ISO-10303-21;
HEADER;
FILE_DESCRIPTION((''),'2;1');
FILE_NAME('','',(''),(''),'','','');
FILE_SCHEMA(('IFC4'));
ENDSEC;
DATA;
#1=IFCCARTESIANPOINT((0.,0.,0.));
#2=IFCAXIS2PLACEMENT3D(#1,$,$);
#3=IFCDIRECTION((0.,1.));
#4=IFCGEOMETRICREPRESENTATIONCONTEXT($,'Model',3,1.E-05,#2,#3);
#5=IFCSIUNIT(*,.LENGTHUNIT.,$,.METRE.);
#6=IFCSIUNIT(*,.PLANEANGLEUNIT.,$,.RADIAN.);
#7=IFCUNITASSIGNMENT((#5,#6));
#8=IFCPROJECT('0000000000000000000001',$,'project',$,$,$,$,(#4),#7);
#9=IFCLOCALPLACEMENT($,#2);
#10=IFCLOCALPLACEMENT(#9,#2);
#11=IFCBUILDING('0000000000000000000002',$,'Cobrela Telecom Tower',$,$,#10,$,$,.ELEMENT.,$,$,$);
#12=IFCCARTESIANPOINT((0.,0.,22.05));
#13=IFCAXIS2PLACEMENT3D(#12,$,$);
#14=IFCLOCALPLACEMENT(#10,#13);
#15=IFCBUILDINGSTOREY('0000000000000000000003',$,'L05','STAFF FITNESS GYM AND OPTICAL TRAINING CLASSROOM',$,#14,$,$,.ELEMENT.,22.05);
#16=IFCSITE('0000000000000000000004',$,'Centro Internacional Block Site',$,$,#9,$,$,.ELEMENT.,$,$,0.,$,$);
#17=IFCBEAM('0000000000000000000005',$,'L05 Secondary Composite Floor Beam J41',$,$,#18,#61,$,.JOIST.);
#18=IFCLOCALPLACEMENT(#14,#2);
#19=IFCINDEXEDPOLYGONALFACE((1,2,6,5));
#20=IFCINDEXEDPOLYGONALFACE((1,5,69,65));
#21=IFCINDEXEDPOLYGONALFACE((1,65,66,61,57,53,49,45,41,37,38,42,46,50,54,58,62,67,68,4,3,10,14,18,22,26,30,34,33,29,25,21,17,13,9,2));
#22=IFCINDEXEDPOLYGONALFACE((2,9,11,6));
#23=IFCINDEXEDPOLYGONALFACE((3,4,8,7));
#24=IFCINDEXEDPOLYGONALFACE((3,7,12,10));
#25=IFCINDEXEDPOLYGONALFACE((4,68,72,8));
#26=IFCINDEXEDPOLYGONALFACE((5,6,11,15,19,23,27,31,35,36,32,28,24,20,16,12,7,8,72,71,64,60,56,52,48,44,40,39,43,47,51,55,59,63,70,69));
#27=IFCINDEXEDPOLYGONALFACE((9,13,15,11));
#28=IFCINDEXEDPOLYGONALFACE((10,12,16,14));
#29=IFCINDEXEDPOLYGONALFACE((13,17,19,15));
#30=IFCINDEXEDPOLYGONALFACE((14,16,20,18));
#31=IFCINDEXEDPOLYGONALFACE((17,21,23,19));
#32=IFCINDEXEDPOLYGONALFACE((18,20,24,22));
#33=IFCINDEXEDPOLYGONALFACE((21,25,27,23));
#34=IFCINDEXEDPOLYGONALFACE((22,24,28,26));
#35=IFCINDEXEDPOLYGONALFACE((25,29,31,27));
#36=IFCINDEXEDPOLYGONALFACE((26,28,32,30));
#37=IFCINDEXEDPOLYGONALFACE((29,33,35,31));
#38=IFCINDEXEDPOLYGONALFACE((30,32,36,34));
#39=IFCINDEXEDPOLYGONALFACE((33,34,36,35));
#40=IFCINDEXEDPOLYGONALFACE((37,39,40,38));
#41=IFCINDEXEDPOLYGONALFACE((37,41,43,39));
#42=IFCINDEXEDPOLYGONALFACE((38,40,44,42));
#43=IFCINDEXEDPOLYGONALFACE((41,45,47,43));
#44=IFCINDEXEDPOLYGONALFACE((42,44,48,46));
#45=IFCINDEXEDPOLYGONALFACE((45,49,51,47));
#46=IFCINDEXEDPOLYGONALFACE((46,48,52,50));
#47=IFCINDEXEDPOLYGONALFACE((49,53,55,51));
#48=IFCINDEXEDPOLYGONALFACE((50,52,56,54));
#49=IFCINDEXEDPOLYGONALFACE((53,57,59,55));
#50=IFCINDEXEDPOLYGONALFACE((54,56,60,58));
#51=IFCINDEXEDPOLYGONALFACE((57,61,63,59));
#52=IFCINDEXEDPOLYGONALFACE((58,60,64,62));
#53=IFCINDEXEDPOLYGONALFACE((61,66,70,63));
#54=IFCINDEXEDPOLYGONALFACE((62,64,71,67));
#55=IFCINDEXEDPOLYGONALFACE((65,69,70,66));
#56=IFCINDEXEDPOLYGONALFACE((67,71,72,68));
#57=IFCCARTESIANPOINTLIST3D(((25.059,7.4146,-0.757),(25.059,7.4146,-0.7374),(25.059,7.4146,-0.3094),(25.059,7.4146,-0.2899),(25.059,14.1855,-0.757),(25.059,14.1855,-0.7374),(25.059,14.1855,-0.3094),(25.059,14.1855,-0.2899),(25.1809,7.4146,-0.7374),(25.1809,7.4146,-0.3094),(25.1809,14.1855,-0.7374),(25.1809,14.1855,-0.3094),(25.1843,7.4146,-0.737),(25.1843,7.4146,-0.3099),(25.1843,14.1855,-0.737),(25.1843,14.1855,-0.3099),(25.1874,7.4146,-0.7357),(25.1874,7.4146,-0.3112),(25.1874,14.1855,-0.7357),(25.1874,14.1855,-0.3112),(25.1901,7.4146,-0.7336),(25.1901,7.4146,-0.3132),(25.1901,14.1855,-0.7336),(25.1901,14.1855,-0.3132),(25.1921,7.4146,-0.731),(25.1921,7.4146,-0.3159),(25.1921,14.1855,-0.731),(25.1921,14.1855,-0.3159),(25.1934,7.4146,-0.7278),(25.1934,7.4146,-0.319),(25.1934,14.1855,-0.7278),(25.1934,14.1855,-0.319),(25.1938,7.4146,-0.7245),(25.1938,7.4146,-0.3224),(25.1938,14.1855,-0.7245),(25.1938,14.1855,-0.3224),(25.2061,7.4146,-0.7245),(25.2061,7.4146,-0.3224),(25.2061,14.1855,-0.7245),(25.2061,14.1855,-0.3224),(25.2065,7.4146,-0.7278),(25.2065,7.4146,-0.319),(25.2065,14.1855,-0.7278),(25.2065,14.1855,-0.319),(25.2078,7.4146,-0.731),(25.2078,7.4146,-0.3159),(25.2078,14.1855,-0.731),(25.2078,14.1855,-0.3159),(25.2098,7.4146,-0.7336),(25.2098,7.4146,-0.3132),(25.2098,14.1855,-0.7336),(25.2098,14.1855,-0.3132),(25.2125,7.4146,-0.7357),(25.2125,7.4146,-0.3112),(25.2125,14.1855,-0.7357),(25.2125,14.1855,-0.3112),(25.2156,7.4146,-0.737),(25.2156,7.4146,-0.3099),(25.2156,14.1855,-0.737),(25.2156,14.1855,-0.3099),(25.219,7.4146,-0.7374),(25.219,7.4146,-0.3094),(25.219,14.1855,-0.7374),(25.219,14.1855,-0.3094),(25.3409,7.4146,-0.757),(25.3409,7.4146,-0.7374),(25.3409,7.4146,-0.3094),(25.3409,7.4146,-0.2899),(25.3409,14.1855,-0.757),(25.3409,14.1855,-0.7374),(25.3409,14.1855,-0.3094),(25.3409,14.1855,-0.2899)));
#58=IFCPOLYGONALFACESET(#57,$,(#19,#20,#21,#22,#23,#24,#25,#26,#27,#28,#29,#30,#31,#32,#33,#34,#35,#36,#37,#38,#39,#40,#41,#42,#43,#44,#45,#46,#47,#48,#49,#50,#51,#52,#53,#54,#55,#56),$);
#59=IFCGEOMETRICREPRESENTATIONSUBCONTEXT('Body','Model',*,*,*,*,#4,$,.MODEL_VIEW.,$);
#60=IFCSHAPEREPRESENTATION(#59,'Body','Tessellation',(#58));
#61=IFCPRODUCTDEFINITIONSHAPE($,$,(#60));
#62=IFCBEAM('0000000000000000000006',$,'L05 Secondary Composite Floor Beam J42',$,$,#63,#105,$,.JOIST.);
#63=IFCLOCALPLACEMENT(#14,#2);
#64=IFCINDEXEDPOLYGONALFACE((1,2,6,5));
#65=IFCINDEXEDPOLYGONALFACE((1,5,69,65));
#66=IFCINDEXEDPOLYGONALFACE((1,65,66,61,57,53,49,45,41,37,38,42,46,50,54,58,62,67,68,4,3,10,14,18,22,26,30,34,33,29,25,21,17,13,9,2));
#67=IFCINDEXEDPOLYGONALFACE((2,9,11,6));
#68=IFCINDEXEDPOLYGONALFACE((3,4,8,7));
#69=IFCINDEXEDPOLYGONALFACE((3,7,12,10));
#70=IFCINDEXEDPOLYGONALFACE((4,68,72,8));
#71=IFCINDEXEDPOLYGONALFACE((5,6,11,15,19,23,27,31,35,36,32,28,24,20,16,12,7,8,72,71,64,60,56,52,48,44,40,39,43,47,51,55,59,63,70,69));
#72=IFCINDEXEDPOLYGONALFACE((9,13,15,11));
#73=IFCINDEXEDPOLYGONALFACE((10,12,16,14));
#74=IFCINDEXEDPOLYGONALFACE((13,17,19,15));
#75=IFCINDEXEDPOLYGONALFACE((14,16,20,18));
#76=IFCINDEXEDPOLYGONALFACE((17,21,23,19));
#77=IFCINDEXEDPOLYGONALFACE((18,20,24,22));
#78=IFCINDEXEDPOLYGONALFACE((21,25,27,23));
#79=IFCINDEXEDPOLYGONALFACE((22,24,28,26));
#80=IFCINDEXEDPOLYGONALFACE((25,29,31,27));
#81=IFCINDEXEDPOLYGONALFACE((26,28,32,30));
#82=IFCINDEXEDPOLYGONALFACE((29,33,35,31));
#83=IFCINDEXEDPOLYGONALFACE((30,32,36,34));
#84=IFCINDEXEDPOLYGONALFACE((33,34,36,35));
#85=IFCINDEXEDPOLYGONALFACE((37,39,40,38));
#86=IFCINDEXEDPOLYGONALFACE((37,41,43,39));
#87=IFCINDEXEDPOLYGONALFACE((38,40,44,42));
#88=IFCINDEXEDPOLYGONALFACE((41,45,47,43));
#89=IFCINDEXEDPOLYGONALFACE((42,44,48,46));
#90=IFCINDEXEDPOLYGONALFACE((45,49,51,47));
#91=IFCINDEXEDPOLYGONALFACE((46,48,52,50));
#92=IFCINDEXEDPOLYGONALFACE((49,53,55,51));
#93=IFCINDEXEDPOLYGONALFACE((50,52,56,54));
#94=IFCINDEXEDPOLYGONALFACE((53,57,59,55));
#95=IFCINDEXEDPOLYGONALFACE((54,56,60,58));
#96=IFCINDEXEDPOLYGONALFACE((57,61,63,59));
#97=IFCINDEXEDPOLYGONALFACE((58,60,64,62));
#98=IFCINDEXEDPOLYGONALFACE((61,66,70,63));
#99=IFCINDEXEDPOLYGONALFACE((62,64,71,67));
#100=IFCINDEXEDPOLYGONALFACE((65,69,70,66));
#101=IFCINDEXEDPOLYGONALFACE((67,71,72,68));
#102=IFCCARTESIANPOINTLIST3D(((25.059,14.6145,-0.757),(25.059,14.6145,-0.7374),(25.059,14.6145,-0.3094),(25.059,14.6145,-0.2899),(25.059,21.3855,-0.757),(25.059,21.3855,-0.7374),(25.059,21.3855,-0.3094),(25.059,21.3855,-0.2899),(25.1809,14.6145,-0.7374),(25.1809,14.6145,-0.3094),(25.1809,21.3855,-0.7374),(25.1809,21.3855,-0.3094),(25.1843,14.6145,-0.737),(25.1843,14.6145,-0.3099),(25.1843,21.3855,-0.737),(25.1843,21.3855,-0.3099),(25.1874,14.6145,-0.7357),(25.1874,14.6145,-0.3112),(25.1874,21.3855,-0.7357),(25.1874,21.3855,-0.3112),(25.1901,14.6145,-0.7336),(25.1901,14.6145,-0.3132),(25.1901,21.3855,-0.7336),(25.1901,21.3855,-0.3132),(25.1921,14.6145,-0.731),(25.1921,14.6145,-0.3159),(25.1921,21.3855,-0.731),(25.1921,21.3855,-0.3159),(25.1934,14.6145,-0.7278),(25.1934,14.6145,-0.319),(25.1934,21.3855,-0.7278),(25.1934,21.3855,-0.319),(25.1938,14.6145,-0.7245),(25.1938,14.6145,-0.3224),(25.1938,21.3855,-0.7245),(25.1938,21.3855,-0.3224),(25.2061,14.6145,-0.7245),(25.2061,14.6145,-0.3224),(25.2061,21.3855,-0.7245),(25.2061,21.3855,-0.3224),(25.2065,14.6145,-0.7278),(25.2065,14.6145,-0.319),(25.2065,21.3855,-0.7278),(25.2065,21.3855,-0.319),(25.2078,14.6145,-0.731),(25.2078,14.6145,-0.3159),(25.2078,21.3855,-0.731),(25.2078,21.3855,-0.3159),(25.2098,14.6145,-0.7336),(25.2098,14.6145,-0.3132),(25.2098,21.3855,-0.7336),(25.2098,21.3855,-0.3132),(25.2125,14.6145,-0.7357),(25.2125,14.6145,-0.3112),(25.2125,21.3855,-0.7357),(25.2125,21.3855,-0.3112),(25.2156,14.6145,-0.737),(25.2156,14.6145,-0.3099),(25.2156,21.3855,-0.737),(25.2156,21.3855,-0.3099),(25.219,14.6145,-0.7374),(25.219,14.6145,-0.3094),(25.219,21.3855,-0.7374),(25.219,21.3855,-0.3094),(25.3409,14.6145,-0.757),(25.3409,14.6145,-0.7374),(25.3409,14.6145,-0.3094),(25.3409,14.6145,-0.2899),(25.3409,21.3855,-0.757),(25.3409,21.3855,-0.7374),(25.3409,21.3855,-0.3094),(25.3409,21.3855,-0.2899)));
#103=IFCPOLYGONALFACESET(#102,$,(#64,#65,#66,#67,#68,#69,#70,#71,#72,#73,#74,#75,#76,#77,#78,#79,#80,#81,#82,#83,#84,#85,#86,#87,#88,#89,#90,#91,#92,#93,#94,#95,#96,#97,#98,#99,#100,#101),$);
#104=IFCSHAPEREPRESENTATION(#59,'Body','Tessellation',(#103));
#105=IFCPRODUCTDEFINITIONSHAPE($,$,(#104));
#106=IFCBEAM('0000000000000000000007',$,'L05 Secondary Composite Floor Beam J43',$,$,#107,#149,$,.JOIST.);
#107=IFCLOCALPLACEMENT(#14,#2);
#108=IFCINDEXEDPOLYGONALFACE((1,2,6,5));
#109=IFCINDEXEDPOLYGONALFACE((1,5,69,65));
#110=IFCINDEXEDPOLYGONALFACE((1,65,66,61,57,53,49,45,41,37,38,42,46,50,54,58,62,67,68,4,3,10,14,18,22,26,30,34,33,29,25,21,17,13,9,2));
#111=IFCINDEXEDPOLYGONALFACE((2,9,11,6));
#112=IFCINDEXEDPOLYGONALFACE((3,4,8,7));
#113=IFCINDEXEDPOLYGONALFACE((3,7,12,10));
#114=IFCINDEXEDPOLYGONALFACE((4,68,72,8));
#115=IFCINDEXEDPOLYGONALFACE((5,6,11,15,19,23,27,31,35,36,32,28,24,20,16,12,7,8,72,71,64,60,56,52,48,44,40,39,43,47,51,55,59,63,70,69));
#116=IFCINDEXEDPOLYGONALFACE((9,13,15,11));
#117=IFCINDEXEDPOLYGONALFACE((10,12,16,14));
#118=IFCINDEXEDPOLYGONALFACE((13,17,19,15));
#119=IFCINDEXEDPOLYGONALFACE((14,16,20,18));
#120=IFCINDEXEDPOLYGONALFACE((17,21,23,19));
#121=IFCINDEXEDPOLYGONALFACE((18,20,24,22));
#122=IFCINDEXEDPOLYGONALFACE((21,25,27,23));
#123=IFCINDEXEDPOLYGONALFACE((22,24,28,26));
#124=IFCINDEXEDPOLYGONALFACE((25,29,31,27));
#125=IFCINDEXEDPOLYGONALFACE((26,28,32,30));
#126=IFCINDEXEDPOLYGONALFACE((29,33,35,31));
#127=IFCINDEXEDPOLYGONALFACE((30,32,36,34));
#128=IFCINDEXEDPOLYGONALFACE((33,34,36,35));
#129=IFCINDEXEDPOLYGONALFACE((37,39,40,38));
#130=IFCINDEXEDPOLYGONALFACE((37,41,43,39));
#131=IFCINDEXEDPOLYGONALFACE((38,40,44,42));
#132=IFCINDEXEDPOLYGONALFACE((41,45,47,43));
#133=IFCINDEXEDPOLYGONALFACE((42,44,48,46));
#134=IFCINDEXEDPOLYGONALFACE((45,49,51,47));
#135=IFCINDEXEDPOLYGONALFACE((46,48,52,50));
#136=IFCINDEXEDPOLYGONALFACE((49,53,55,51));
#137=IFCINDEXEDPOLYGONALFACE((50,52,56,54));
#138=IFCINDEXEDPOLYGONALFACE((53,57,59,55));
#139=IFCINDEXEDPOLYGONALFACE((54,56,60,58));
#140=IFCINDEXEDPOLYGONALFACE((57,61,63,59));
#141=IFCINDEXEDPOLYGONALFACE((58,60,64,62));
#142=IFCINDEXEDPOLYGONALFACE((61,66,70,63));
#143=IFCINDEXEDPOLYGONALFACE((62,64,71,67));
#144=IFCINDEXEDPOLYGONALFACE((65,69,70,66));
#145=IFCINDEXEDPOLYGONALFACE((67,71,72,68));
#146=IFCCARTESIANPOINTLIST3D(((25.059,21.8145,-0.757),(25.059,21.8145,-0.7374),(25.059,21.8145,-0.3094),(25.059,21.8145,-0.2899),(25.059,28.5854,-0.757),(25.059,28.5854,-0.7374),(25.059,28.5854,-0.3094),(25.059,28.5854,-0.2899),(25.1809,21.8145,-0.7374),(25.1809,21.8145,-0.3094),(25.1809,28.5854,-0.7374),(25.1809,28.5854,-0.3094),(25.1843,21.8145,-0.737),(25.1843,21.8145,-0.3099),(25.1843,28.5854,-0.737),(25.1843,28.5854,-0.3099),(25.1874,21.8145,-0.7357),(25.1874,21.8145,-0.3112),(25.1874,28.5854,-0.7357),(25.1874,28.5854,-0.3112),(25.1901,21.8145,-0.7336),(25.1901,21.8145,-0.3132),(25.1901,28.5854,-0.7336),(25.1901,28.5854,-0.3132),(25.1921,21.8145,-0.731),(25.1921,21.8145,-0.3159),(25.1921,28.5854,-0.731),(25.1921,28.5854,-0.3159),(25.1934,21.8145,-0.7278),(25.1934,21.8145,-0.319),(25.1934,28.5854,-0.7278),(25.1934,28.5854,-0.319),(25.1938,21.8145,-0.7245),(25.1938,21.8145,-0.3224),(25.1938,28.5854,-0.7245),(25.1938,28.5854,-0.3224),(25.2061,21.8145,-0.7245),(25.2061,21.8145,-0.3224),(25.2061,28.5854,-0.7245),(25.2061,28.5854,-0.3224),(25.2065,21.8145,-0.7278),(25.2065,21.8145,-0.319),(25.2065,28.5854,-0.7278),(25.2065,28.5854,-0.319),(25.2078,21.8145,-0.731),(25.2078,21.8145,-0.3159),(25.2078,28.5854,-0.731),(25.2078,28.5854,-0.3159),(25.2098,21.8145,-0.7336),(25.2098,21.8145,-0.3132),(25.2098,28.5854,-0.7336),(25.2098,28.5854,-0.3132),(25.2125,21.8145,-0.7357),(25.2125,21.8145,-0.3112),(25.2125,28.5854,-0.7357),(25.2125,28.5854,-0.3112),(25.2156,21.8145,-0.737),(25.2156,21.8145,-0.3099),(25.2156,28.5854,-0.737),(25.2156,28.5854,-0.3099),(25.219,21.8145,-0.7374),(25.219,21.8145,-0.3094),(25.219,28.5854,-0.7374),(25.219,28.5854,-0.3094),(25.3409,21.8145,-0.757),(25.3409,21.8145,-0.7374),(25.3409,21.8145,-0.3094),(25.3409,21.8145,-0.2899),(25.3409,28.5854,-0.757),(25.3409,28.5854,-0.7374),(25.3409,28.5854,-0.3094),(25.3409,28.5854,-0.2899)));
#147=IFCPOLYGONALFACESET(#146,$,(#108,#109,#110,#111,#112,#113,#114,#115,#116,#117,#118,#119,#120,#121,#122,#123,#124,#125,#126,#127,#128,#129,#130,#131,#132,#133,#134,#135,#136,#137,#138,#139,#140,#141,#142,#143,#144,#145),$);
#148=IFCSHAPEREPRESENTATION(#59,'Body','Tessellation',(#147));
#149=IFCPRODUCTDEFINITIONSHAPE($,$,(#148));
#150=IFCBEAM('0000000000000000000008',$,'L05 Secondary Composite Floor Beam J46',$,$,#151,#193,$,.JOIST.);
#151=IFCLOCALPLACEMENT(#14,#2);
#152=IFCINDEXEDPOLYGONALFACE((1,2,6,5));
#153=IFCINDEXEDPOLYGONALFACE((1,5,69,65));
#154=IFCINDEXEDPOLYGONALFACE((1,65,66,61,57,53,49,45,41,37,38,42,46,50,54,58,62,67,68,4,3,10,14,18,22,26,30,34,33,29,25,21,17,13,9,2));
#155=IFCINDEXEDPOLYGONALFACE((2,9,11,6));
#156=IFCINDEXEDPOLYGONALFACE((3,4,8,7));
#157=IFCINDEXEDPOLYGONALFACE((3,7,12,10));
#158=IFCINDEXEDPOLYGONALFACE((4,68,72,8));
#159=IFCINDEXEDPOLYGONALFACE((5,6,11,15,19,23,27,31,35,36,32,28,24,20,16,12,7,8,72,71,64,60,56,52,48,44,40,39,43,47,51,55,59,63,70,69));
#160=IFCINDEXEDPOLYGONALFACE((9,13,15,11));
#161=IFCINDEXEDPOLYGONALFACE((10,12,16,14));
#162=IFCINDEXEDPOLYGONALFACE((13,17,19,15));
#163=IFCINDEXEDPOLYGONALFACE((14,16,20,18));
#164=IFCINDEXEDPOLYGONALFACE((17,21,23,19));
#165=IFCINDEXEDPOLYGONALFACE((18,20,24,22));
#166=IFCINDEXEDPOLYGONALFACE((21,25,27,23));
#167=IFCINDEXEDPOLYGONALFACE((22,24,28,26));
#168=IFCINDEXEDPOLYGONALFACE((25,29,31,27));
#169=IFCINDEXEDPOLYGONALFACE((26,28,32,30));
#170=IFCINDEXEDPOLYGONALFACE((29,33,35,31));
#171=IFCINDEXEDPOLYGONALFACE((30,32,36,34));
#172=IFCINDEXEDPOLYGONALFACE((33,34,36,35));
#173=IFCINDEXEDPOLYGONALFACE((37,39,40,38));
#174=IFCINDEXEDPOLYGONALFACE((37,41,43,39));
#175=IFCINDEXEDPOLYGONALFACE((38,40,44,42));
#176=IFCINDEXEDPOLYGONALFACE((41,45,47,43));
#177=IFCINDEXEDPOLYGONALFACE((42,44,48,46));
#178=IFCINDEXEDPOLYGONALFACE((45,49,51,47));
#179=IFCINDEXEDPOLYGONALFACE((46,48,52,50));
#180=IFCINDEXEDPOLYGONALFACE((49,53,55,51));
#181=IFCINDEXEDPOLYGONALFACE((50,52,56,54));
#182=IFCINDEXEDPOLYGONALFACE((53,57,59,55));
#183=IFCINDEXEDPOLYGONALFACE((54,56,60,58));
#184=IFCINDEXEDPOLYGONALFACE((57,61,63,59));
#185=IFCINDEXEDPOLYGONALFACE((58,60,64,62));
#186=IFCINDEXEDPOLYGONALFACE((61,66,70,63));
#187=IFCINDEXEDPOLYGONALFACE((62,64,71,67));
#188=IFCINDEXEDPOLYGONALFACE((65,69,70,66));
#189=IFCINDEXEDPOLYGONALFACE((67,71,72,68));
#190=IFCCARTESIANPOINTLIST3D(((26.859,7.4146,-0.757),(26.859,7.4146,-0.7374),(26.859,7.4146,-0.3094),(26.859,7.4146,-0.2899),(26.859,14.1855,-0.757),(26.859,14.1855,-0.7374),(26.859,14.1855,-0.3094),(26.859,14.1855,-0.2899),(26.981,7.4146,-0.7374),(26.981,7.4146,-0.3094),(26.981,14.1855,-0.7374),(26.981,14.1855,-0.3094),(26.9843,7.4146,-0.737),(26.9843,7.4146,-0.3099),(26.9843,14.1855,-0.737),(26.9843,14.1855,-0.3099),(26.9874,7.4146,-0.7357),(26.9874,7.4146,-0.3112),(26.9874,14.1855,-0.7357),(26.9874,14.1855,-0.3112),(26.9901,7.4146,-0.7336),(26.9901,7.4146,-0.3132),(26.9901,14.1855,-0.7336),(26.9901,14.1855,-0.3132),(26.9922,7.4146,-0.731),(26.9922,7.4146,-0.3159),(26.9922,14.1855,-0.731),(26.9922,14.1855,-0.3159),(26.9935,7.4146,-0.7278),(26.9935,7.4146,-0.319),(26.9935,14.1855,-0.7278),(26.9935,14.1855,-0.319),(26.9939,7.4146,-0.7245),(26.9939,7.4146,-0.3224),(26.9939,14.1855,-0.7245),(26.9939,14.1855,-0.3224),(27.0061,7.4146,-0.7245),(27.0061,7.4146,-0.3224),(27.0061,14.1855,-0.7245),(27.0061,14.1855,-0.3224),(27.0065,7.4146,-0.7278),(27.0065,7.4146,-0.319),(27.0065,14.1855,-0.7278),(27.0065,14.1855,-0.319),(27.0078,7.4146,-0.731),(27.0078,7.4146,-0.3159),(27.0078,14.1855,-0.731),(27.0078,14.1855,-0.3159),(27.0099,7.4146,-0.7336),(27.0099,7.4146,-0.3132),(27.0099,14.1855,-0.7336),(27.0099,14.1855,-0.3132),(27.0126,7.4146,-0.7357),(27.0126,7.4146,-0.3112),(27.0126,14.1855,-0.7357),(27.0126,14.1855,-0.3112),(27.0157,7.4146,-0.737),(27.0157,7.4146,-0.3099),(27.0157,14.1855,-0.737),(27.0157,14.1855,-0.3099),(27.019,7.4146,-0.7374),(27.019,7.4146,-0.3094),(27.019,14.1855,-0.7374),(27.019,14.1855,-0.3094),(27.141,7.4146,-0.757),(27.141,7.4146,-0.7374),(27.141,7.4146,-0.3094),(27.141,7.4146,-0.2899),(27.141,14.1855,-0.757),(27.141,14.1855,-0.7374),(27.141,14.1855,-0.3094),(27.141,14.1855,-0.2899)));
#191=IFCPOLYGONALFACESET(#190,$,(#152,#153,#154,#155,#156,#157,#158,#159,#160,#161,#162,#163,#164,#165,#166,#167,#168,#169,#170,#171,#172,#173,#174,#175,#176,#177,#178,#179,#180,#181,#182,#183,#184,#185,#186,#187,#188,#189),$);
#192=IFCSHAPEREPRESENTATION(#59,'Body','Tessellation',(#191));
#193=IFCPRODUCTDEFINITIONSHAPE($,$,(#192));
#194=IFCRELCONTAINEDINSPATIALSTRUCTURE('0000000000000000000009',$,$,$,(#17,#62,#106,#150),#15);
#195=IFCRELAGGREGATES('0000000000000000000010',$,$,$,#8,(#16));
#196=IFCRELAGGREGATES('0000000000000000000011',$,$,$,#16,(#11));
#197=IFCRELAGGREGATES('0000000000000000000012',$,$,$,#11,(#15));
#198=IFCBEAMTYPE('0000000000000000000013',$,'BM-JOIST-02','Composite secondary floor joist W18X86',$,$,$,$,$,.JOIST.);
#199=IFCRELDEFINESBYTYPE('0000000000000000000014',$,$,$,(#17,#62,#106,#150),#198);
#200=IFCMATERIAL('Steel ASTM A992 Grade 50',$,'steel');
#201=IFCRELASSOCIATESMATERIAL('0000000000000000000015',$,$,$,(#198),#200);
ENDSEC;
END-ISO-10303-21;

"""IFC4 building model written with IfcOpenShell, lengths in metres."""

from ifc_helpers import new_model, si_unit, direction, frame, origin, origin_2d, place, context, subcontext, project, spatial, i_section, extrude, material, material_profile, profile_set, type_object, element, save


model = new_model("IFC4")

# Units and contexts
model_context = context("Model", 3, precision=1e-05, world=origin(), true_north=direction((0.0, 1.0)))
body_context = subcontext(model_context, "Body", "Model", "MODEL_VIEW")
ifc_project = project(units=[si_unit("LENGTHUNIT", "METRE"), si_unit("PLANEANGLEUNIT", "RADIAN")], contexts=[model_context])

# Site, building, storey
site_placement = place(None, origin())
site = spatial("IfcSite", under=ifc_project, at=site_placement, Name="Centro Internacional Block Site", CompositionType="ELEMENT", RefElevation=0.0)
building_placement = place(site_placement, origin())
building = spatial("IfcBuilding", under=site, at=building_placement, Name="Cobrela Telecom Tower", CompositionType="ELEMENT")
storey_placement = place(building_placement, frame((0.0, 0.0, 22.05)))
storey = spatial("IfcBuildingStorey", under=building, at=storey_placement, Name="L05", Description="STAFF FITNESS GYM AND OPTICAL TRAINING CLASSROOM", CompositionType="ELEMENT", Elevation=22.05)

# Beams
ifc_material_1 = material(Name="Steel ASTM A992 Grade 50", Category="steel")
ifc_material_profile_1 = material_profile(ifc_material_1, i_section(OverallWidth=0.282, OverallDepth=0.467, WebThickness=0.0122, FlangeThickness=0.0195, FilletRadius=0.0129, at=origin_2d()), Name="W18X86")
ifc_profile_set_1 = profile_set([ifc_material_profile_1], Name="Steel ASTM A992 Grade 50")
beam_type_1 = type_object("IfcBeamType", Name="BM-JOIST-02", Description="Composite secondary floor joist W18X86", PredefinedType="JOIST", material=ifc_profile_set_1)
for number, where, z_axis, x_axis, name in (
    (1, (25.2, 7.4146, -0.5234), (0.0, 1.0, 0.0), (-1.0, 0.0, 0.0), "L05 Secondary Composite Floor Beam J41"),
    (2, (25.2, 14.6145, -0.5234), (0.0, 1.0, 0.0), (-1.0, 0.0, 0.0), "L05 Secondary Composite Floor Beam J42"),
    (3, (25.2, 21.8145, -0.5234), (0.0, 1.0, 0.0), (-1.0, 0.0, 0.0), "L05 Secondary Composite Floor Beam J43"),
    (4, (27.0, 7.4146, -0.5234), (0.0, 1.0, 0.0), (-1.0, 0.0, 0.0), "L05 Secondary Composite Floor Beam J46"),
):
    element("IfcBeam", number, at=place(storey_placement, frame(where, z_axis=z_axis, x_axis=x_axis)), inside=storey, type_object=beam_type_1, Name=name, PredefinedType="JOIST", context=body_context, shape_type="SweptSolid", body=[
        extrude(i_section(OverallWidth=0.282, OverallDepth=0.467, WebThickness=0.0122, FlangeThickness=0.0195, FilletRadius=0.0129, at=origin_2d()), origin(), (0.0, 0.0, 1.0), 6.771),
    ])

save(model, "model.ifc")
